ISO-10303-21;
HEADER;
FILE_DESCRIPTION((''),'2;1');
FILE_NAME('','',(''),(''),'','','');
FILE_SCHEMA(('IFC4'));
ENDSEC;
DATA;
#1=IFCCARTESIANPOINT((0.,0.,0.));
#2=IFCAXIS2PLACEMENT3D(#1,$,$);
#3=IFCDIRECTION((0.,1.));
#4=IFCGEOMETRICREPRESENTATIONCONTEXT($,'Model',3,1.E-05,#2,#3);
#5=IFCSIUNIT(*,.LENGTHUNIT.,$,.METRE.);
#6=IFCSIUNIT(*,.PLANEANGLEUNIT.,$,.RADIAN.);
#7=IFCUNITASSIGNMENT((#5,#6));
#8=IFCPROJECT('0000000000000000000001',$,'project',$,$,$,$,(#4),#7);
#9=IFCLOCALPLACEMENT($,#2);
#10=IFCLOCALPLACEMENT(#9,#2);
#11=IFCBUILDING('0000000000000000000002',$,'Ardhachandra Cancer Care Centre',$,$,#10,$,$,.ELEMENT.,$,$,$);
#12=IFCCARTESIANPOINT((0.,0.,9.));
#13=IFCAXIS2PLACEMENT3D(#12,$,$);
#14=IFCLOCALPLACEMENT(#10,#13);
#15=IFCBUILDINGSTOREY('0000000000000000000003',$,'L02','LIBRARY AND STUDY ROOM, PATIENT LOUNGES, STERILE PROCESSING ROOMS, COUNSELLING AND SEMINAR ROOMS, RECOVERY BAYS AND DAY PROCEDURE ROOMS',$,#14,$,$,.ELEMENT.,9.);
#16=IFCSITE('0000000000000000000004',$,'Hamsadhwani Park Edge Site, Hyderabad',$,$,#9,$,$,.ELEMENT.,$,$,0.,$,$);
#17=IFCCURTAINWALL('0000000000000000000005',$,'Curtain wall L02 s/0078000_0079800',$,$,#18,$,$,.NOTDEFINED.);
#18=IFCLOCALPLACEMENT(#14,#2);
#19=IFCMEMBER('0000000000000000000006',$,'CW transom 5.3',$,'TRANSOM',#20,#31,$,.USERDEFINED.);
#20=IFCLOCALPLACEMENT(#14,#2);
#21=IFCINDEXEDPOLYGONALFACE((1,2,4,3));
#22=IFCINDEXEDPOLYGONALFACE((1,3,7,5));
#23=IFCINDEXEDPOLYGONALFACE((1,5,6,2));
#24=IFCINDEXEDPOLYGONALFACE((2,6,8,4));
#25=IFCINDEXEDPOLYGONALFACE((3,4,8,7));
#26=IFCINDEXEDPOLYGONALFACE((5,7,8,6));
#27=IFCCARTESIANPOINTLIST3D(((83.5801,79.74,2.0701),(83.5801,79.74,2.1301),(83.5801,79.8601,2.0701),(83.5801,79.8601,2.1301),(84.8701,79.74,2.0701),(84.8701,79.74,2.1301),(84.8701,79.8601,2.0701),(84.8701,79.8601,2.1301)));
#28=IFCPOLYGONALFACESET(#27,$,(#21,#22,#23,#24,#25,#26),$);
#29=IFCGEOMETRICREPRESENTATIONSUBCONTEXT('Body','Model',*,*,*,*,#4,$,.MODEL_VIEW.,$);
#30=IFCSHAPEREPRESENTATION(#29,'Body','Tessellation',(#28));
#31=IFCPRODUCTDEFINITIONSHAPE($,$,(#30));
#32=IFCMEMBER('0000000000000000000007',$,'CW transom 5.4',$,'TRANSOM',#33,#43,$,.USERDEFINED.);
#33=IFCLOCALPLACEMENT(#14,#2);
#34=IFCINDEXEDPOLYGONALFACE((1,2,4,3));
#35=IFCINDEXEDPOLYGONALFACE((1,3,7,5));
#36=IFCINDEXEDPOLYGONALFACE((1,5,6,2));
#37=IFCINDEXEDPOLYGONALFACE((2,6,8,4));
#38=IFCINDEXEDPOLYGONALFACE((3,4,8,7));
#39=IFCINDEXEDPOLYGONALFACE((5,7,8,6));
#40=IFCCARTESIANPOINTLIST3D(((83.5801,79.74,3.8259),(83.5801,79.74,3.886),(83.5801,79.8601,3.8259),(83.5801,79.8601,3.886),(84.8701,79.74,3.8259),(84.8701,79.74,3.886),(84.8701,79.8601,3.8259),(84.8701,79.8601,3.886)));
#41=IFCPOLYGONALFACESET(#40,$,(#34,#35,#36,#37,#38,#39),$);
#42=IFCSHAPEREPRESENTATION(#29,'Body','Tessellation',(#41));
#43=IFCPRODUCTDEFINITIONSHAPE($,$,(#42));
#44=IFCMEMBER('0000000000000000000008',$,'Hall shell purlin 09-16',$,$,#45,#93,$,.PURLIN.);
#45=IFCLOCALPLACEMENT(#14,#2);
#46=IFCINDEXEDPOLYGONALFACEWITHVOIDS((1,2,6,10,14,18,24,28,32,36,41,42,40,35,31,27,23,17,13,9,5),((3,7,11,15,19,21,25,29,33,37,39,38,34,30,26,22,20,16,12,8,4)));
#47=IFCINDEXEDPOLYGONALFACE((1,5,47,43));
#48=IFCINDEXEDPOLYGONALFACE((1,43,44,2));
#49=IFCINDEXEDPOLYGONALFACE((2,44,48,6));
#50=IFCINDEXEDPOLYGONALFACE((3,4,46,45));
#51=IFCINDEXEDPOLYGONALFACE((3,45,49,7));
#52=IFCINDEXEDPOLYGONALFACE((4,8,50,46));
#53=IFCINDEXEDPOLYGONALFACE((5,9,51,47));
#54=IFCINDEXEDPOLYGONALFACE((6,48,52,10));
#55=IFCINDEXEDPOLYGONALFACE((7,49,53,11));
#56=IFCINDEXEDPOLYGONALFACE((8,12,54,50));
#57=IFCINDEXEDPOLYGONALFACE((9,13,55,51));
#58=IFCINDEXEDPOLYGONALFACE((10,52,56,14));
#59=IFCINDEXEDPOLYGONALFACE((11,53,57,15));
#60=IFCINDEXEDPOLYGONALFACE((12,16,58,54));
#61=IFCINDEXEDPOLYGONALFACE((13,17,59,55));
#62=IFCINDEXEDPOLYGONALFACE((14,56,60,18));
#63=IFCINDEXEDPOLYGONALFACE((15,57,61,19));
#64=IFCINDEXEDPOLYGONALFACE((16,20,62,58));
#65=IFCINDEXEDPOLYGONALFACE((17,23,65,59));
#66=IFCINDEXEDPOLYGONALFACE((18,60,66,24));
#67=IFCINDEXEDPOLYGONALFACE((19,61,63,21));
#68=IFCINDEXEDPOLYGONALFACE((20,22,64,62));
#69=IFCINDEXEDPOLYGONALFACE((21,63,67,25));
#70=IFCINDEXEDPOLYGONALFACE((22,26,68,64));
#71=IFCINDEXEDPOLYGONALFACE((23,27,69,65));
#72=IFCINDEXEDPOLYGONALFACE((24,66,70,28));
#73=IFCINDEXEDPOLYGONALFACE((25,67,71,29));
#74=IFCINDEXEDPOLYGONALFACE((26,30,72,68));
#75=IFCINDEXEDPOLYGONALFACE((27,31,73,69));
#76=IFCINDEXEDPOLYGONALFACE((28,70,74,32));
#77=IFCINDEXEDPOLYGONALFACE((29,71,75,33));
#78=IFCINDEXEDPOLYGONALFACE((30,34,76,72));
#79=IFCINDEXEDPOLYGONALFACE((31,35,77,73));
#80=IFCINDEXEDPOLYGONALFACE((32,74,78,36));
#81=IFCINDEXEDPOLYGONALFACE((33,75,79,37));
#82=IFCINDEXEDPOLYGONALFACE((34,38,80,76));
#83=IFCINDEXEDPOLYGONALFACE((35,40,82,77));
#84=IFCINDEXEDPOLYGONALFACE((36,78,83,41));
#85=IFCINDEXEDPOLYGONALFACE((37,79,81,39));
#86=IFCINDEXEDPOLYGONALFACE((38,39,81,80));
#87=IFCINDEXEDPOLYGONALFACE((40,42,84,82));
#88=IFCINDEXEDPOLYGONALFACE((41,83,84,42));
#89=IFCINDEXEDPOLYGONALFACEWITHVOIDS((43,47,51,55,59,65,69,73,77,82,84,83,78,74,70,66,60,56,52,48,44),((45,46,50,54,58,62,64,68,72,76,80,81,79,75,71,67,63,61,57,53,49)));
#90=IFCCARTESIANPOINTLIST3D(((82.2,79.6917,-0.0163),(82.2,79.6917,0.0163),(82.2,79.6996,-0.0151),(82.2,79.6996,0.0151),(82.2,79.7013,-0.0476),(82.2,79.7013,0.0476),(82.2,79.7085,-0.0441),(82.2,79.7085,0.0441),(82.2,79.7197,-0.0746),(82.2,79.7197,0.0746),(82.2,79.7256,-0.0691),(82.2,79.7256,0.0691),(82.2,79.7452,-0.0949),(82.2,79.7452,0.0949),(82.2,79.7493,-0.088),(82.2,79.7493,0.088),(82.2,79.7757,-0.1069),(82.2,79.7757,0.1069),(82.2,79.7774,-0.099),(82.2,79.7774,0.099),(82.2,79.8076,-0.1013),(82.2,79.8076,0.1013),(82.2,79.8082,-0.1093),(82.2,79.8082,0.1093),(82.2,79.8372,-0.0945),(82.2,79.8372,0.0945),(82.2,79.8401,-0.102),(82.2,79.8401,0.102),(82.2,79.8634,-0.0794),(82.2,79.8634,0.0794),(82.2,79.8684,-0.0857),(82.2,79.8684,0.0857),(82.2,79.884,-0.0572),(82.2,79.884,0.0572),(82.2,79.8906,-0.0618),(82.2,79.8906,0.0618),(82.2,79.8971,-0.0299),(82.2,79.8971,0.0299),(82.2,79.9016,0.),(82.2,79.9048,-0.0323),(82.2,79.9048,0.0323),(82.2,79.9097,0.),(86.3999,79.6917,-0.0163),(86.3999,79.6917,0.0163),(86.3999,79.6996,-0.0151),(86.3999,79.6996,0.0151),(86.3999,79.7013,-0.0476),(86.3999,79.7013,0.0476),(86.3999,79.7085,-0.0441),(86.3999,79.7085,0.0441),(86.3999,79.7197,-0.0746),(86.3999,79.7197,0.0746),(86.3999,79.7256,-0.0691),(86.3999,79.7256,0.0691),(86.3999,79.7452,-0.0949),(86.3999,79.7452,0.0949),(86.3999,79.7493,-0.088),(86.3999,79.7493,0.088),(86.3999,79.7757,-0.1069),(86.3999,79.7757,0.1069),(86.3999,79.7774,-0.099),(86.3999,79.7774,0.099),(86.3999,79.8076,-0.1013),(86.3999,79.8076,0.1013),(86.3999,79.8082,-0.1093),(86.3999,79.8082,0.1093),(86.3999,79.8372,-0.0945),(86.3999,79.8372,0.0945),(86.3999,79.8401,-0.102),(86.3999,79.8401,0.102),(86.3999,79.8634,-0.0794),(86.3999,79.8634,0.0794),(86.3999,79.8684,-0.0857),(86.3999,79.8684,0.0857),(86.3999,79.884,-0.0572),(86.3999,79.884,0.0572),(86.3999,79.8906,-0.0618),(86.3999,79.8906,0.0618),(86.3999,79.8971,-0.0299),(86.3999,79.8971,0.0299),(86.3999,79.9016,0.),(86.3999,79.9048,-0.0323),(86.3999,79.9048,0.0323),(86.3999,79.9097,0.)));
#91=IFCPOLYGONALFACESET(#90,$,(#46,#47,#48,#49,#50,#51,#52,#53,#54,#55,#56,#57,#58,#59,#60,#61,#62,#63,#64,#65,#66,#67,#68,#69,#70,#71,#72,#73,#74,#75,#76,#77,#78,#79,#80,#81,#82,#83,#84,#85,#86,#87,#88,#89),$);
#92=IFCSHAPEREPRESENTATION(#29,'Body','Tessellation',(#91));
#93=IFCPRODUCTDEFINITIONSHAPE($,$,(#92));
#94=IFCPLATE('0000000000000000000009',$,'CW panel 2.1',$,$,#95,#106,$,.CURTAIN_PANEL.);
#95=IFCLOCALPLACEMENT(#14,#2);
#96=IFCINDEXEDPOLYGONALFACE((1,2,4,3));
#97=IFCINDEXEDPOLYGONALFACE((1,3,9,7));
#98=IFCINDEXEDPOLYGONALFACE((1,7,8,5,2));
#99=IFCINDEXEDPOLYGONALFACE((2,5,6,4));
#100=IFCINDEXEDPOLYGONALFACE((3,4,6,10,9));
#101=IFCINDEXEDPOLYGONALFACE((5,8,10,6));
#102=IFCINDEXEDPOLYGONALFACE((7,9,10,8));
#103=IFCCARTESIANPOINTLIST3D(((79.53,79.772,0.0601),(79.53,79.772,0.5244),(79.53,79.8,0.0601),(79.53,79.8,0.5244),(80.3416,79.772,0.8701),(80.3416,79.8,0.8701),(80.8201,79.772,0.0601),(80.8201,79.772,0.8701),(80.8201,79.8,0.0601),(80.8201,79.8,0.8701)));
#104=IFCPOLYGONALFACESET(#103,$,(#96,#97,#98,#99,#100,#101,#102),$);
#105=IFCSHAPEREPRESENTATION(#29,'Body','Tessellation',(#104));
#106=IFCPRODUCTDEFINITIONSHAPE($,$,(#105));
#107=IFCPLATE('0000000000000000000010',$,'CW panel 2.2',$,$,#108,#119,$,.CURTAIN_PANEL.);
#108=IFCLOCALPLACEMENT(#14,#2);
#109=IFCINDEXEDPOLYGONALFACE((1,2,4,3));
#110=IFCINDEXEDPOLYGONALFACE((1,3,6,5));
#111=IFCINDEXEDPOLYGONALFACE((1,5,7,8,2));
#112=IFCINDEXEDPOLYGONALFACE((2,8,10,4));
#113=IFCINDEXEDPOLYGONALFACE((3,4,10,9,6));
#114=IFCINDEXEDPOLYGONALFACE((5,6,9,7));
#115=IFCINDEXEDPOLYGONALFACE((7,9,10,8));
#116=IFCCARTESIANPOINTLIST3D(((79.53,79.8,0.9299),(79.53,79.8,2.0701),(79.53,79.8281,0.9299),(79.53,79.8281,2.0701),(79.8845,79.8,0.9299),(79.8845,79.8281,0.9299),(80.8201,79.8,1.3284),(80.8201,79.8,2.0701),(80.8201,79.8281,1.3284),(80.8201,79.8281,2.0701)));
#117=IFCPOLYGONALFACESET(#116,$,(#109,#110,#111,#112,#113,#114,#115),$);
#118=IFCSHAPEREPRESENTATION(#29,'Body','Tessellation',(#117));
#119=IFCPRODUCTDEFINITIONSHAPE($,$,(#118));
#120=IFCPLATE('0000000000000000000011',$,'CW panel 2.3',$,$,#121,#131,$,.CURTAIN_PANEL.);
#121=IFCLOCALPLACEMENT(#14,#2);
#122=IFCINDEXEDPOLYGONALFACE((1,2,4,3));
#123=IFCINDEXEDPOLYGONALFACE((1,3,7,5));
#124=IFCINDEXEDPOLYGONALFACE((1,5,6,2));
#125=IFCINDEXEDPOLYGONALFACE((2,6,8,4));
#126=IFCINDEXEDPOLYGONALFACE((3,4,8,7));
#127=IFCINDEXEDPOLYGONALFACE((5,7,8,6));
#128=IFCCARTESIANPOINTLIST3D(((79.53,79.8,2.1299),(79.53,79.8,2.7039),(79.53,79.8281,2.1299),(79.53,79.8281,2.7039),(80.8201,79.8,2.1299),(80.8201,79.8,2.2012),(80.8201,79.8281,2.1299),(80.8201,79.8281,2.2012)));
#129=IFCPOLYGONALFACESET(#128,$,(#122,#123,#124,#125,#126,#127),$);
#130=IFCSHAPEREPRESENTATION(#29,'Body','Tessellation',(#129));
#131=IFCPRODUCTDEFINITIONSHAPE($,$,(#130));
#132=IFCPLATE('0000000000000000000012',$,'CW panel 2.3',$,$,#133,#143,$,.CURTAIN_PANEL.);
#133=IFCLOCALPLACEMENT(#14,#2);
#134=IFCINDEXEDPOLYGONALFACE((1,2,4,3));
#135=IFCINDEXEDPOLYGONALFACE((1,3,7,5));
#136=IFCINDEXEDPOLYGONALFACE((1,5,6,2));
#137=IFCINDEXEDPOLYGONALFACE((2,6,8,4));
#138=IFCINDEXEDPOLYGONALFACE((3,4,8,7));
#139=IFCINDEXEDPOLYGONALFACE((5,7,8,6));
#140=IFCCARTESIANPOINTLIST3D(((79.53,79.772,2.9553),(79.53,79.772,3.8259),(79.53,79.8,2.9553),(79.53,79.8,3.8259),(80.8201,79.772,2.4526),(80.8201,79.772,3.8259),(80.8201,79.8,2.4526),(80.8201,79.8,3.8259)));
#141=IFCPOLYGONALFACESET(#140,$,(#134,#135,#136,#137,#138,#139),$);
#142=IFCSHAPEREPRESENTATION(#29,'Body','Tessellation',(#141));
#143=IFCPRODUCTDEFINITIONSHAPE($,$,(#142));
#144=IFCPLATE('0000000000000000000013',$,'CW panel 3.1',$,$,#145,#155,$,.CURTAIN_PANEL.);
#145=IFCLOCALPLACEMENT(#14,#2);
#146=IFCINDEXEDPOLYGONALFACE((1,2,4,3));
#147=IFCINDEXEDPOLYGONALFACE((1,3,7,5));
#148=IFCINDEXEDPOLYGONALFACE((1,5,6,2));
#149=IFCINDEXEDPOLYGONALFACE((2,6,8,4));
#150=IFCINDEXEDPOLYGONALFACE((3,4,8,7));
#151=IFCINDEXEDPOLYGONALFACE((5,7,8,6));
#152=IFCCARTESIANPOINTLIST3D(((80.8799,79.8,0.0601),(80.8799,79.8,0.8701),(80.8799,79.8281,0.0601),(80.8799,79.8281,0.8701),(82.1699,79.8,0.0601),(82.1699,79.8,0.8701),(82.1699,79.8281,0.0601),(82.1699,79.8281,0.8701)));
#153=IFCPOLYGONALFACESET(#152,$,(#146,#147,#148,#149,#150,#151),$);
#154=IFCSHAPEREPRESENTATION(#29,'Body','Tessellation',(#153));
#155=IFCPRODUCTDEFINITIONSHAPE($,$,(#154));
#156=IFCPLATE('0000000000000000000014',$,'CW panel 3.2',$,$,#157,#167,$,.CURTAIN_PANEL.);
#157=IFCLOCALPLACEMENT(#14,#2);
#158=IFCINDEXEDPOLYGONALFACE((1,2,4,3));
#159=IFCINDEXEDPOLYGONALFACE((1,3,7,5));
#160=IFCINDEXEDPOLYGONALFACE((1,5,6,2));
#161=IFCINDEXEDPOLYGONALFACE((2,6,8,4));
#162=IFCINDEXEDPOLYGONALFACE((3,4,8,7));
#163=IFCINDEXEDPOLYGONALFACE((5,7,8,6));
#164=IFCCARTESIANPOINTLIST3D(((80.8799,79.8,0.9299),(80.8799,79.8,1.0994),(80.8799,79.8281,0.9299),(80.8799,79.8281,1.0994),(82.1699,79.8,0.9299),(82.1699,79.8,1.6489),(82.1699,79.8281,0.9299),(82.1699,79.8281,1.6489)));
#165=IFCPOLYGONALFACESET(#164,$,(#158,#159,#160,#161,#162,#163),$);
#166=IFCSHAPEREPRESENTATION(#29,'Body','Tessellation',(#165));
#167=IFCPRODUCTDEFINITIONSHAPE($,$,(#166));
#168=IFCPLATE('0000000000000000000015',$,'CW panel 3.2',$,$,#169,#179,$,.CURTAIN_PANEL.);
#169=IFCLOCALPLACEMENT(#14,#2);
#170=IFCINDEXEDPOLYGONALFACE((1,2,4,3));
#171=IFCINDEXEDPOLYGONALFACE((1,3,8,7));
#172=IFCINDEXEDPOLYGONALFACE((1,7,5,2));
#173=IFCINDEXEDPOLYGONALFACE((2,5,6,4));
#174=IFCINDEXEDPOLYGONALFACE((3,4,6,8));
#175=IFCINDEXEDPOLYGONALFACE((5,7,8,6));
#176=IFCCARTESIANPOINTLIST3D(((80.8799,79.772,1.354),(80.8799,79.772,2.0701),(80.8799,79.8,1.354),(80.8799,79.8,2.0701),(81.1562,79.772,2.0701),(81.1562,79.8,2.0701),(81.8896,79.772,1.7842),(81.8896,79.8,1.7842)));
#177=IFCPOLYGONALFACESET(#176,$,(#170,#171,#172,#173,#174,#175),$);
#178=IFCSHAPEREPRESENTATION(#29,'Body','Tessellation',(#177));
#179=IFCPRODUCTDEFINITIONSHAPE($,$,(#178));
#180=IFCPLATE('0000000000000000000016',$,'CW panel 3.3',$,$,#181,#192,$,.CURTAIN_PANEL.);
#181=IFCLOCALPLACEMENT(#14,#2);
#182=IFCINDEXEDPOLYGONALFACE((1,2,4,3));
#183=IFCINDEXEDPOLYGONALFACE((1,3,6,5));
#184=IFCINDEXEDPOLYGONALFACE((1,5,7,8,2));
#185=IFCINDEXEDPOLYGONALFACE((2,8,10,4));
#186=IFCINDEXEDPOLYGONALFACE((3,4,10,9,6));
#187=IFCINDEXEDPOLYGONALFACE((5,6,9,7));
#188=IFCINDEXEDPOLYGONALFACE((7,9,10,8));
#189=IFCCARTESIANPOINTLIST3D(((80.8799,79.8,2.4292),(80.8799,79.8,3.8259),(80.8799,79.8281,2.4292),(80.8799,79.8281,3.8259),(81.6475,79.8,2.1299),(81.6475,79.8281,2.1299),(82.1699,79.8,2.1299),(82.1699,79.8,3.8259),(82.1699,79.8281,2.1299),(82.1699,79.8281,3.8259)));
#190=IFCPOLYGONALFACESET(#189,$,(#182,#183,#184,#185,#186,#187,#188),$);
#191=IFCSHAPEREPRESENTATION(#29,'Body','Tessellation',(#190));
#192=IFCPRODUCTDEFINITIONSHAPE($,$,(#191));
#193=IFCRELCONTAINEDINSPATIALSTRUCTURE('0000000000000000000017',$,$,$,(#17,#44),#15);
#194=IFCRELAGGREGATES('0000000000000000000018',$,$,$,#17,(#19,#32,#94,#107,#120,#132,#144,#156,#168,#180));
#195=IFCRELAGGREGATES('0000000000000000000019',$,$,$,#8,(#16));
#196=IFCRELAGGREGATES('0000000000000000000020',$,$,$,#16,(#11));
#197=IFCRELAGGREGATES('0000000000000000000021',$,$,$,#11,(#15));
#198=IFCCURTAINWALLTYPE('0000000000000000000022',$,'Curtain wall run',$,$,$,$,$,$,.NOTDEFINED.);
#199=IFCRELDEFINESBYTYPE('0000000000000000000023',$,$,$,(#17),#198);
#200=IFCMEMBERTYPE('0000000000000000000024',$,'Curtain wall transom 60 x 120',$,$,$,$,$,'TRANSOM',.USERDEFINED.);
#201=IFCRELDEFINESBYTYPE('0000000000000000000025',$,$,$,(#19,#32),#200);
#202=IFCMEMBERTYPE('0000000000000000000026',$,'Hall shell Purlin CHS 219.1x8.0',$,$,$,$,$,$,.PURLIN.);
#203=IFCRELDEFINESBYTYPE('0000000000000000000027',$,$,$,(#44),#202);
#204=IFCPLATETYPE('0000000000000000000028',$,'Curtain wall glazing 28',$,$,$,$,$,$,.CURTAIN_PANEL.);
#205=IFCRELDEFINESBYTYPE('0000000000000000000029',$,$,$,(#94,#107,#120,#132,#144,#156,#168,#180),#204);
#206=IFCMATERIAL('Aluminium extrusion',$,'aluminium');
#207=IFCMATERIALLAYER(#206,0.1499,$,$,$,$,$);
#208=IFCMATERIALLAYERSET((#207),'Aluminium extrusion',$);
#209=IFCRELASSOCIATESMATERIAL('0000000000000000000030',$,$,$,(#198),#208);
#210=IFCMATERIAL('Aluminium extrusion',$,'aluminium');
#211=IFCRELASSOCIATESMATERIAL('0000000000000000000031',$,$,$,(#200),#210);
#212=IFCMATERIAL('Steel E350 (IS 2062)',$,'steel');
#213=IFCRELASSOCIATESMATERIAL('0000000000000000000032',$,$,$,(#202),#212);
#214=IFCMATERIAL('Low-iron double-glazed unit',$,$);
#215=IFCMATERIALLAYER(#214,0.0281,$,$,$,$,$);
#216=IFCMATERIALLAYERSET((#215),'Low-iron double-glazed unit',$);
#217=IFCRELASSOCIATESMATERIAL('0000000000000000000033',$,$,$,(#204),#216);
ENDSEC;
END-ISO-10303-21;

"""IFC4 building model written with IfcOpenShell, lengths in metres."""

from ifc_helpers import new_model, si_unit, direction, frame, origin, origin_2d, place, context, subcontext, project, spatial, polyline, rectangle, hollow_circle, outline, extrude, material, layer, layer_set, material_profile, profile_set, type_object, element, aggregate, save


model = new_model("IFC4")

# Units and contexts
model_context = context("Model", 3, precision=1e-05, world=origin(), true_north=direction((0.0, 1.0)))
body_context = subcontext(model_context, "Body", "Model", "MODEL_VIEW")
ifc_project = project(units=[si_unit("LENGTHUNIT", "METRE"), si_unit("PLANEANGLEUNIT", "RADIAN")], contexts=[model_context])

# Site, building, storey
site_placement = place(None, origin())
site = spatial("IfcSite", under=ifc_project, at=site_placement, Name="Hamsadhwani Park Edge Site, Hyderabad", CompositionType="ELEMENT", RefElevation=0.0)
building_placement = place(site_placement, origin())
building = spatial("IfcBuilding", under=site, at=building_placement, Name="Ardhachandra Cancer Care Centre", CompositionType="ELEMENT")
storey_placement = place(building_placement, frame((0.0, 0.0, 9.0)))
storey = spatial("IfcBuildingStorey", under=building, at=storey_placement, Name="L02", Description="LIBRARY AND STUDY ROOM, PATIENT LOUNGES, STERILE PROCESSING ROOMS, COUNSELLING AND SEMINAR ROOMS, RECOVERY BAYS AND DAY PROCEDURE ROOMS", CompositionType="ELEMENT", Elevation=9.0)

# Curtain wall, members
ifc_material_1 = material(Name="Aluminium extrusion", Category="aluminium")
ifc_layer_1 = layer(ifc_material_1, 0.1499)
ifc_layer_set_1 = layer_set([ifc_layer_1], Name="Aluminium extrusion")
curtain_wall_type = type_object("IfcCurtainWallType", Name="Curtain wall run", PredefinedType="NOTDEFINED", material=ifc_layer_set_1)
curtain_wall_placement = place(storey_placement, origin())
curtain_wall = element("IfcCurtainWall", 1, at=curtain_wall_placement, inside=storey, type_object=curtain_wall_type, Name="Curtain wall L02 s/0078000_0079800", PredefinedType="NOTDEFINED")
ifc_material_2 = material(Name="Aluminium extrusion", Category="aluminium")
ifc_material_profile_1 = material_profile(ifc_material_2, rectangle(XDim=0.1201, YDim=0.0601, at=origin_2d()), Name="Curtain wall transom 60 x 120")
ifc_profile_set_1 = profile_set([ifc_material_profile_1], Name="Aluminium extrusion")
member_type_1 = type_object("IfcMemberType", Name="Curtain wall transom 60 x 120", ElementType="TRANSOM", PredefinedType="USERDEFINED", material=ifc_profile_set_1)
member_1_placement = place(storey_placement, frame((83.5801, 79.8, 2.1001), z_axis=(1.0, 0.0, 0.0), x_axis=(0.0, 1.0, 0.0)))
member_1 = element("IfcMember", 2, at=member_1_placement, type_object=member_type_1, Name="CW transom 5.3", ObjectType="TRANSOM", PredefinedType="USERDEFINED", context=body_context, shape_type="SweptSolid", body=[
    extrude(rectangle(XDim=0.1201, YDim=0.0601, at=origin_2d()), origin(), (0.0, 0.0, 1.0), 1.29),
])
member_2_placement = place(storey_placement, frame((83.5801, 79.8, 3.856), z_axis=(1.0, 0.0, 0.0), x_axis=(0.0, 1.0, 0.0)))
member_2 = element("IfcMember", 3, at=member_2_placement, type_object=member_type_1, Name="CW transom 5.4", ObjectType="TRANSOM", PredefinedType="USERDEFINED", context=body_context, shape_type="SweptSolid", body=[
    extrude(rectangle(XDim=0.1201, YDim=0.0601, at=origin_2d()), origin(), (0.0, 0.0, 1.0), 1.29),
])

# Member
ifc_material_3 = material(Name="Steel E350 (IS 2062)", Category="steel")
ifc_material_profile_2 = material_profile(ifc_material_3, hollow_circle(Radius=0.1096, WallThickness=0.0081, at=origin_2d()), Name="CHS 219.1x8.0")
ifc_profile_set_2 = profile_set([ifc_material_profile_2], Name="Steel E350 (IS 2062)")
member_type_2 = type_object("IfcMemberType", Name="Hall shell Purlin CHS 219.1x8.0", PredefinedType="PURLIN", material=ifc_profile_set_2)
member_3_placement = place(storey_placement, frame((82.2, 79.8, 0.0), z_axis=(1.0, 0.0, 0.0), x_axis=(0.0, 1.0, 0.0)))
element("IfcMember", 4, at=member_3_placement, inside=storey, type_object=member_type_2, Name="Hall shell purlin 09-16", PredefinedType="PURLIN", context=body_context, shape_type="SweptSolid", body=[
    extrude(hollow_circle(Radius=0.1096, WallThickness=0.0081, at=origin_2d()), origin(), (0.0, 0.0, 1.0), 4.2),
])

# Plates
ifc_material_4 = material(Name="Low-iron double-glazed unit")
ifc_layer_2 = layer(ifc_material_4, 0.0281)
ifc_layer_set_2 = layer_set([ifc_layer_2], Name="Low-iron double-glazed unit")
plate_type = type_object("IfcPlateType", Name="Curtain wall glazing 28", PredefinedType="CURTAIN_PANEL", material=ifc_layer_set_2)
plate_1_placement = place(storey_placement, frame((80.8201, 79.8, 0.8701), z_axis=(0.0, 1.0, 0.0), x_axis=(0.0, 0.0, -1.0)))
plate_1 = element("IfcPlate", 5, at=plate_1_placement, type_object=plate_type, Name="CW panel 2.1", PredefinedType="CURTAIN_PANEL", context=body_context, shape_type="SweptSolid", body=[
    extrude(outline(polyline([(0.0, 0.0), (0.8101, 0.0), (0.8101, 1.29), (0.3457, 1.29), (0.0, 0.4785), (0.0, 0.0)])), frame((0.0, 0.0, -0.0281)), (0.0, 0.0, 1.0), 0.0281),
])
plate_2_placement = place(storey_placement, frame((79.53, 79.8, 0.9299), z_axis=(0.0, 1.0, 0.0), x_axis=(0.0, 0.0, 1.0)))
plate_2 = element("IfcPlate", 6, at=plate_2_placement, type_object=plate_type, Name="CW panel 2.2", PredefinedType="CURTAIN_PANEL", context=body_context, shape_type="SweptSolid", body=[
    extrude(outline(polyline([(0.0, 0.0), (1.1401, 0.0), (1.1401, 1.29), (0.3984, 1.29), (0.0, 0.3545), (0.0, 0.0)])), origin(), (0.0, 0.0, 1.0), 0.0281),
])
plate_3_placement = place(storey_placement, frame((80.8201, 79.8, 2.1299), z_axis=(0.0, 1.0, 0.0), x_axis=(-1.0, 0.0, 0.0)))
plate_3 = element("IfcPlate", 7, at=plate_3_placement, type_object=plate_type, Name="CW panel 2.3", PredefinedType="CURTAIN_PANEL", context=body_context, shape_type="SweptSolid", body=[
    extrude(outline(polyline([(0.0, 0.0), (1.29, 0.0), (1.29, 0.574), (0.0, 0.0713), (0.0, 0.0)])), origin(), (0.0, 0.0, 1.0), 0.0281),
])
plate_4_placement = place(storey_placement, frame((79.53, 79.8, 3.8259), z_axis=(0.0, 1.0, 0.0), x_axis=(1.0, 0.0, 0.0)))
plate_4 = element("IfcPlate", 8, at=plate_4_placement, type_object=plate_type, Name="CW panel 2.3", PredefinedType="CURTAIN_PANEL", context=body_context, shape_type="SweptSolid", body=[
    extrude(outline(polyline([(0.0, 0.0), (1.29, 0.0), (1.29, 1.3733), (0.0, 0.8706), (0.0, 0.0)])), frame((0.0, 0.0, -0.0281)), (0.0, 0.0, 1.0), 0.0281),
])
plate_5_placement = place(storey_placement, frame((80.8799, 79.8, 0.0601), z_axis=(0.0, 1.0, 0.0), x_axis=(0.0, 0.0, 1.0)))
plate_5 = element("IfcPlate", 9, at=plate_5_placement, type_object=plate_type, Name="CW panel 3.1", PredefinedType="CURTAIN_PANEL", context=body_context, shape_type="SweptSolid", body=[
    extrude(outline(polyline([(0.0, 0.0), (0.8101, 0.0), (0.8101, 1.29), (0.0, 1.29), (0.0, 0.0)])), origin(), (0.0, 0.0, 1.0), 0.0281),
])
plate_6_placement = place(storey_placement, frame((82.1699, 79.8, 0.9299), z_axis=(0.0, 1.0, 0.0), x_axis=(-1.0, 0.0, 0.0)))
plate_6 = element("IfcPlate", 10, at=plate_6_placement, type_object=plate_type, Name="CW panel 3.2", PredefinedType="CURTAIN_PANEL", context=body_context, shape_type="SweptSolid", body=[
    extrude(outline(polyline([(0.0, 0.0), (1.29, 0.0), (1.29, 0.1694), (0.0, 0.719), (0.0, 0.0)])), origin(), (0.0, 0.0, 1.0), 0.0281),
])
plate_7_placement = place(storey_placement, frame((80.8799, 79.8, 2.0701), z_axis=(0.0, 1.0, 0.0), x_axis=(1.0, 0.0, 0.0)))
plate_7 = element("IfcPlate", 11, at=plate_7_placement, type_object=plate_type, Name="CW panel 3.2", PredefinedType="CURTAIN_PANEL", context=body_context, shape_type="SweptSolid", body=[
    extrude(outline(polyline([(0.0, 0.0), (0.2764, 0.0), (1.0098, 0.2859), (0.0, 0.7161), (0.0, 0.0)])), frame((0.0, 0.0, -0.0281)), (0.0, 0.0, 1.0), 0.0281),
])
plate_8_placement = place(storey_placement, frame((80.8799, 79.8, 3.8259), z_axis=(0.0, 1.0, 0.0), x_axis=(1.0, 0.0, 0.0)))
plate_8 = element("IfcPlate", 12, at=plate_8_placement, type_object=plate_type, Name="CW panel 3.3", PredefinedType="CURTAIN_PANEL", context=body_context, shape_type="SweptSolid", body=[
    extrude(outline(polyline([(0.0, 0.0), (1.29, 0.0), (1.29, 1.696), (0.7676, 1.696), (0.0, 1.3967), (0.0, 0.0)])), origin(), (0.0, 0.0, 1.0), 0.0281),
])
aggregate(curtain_wall, [member_1, member_2, plate_1, plate_2, plate_3, plate_4, plate_5, plate_6, plate_7, plate_8])

save(model, "model.ifc")
